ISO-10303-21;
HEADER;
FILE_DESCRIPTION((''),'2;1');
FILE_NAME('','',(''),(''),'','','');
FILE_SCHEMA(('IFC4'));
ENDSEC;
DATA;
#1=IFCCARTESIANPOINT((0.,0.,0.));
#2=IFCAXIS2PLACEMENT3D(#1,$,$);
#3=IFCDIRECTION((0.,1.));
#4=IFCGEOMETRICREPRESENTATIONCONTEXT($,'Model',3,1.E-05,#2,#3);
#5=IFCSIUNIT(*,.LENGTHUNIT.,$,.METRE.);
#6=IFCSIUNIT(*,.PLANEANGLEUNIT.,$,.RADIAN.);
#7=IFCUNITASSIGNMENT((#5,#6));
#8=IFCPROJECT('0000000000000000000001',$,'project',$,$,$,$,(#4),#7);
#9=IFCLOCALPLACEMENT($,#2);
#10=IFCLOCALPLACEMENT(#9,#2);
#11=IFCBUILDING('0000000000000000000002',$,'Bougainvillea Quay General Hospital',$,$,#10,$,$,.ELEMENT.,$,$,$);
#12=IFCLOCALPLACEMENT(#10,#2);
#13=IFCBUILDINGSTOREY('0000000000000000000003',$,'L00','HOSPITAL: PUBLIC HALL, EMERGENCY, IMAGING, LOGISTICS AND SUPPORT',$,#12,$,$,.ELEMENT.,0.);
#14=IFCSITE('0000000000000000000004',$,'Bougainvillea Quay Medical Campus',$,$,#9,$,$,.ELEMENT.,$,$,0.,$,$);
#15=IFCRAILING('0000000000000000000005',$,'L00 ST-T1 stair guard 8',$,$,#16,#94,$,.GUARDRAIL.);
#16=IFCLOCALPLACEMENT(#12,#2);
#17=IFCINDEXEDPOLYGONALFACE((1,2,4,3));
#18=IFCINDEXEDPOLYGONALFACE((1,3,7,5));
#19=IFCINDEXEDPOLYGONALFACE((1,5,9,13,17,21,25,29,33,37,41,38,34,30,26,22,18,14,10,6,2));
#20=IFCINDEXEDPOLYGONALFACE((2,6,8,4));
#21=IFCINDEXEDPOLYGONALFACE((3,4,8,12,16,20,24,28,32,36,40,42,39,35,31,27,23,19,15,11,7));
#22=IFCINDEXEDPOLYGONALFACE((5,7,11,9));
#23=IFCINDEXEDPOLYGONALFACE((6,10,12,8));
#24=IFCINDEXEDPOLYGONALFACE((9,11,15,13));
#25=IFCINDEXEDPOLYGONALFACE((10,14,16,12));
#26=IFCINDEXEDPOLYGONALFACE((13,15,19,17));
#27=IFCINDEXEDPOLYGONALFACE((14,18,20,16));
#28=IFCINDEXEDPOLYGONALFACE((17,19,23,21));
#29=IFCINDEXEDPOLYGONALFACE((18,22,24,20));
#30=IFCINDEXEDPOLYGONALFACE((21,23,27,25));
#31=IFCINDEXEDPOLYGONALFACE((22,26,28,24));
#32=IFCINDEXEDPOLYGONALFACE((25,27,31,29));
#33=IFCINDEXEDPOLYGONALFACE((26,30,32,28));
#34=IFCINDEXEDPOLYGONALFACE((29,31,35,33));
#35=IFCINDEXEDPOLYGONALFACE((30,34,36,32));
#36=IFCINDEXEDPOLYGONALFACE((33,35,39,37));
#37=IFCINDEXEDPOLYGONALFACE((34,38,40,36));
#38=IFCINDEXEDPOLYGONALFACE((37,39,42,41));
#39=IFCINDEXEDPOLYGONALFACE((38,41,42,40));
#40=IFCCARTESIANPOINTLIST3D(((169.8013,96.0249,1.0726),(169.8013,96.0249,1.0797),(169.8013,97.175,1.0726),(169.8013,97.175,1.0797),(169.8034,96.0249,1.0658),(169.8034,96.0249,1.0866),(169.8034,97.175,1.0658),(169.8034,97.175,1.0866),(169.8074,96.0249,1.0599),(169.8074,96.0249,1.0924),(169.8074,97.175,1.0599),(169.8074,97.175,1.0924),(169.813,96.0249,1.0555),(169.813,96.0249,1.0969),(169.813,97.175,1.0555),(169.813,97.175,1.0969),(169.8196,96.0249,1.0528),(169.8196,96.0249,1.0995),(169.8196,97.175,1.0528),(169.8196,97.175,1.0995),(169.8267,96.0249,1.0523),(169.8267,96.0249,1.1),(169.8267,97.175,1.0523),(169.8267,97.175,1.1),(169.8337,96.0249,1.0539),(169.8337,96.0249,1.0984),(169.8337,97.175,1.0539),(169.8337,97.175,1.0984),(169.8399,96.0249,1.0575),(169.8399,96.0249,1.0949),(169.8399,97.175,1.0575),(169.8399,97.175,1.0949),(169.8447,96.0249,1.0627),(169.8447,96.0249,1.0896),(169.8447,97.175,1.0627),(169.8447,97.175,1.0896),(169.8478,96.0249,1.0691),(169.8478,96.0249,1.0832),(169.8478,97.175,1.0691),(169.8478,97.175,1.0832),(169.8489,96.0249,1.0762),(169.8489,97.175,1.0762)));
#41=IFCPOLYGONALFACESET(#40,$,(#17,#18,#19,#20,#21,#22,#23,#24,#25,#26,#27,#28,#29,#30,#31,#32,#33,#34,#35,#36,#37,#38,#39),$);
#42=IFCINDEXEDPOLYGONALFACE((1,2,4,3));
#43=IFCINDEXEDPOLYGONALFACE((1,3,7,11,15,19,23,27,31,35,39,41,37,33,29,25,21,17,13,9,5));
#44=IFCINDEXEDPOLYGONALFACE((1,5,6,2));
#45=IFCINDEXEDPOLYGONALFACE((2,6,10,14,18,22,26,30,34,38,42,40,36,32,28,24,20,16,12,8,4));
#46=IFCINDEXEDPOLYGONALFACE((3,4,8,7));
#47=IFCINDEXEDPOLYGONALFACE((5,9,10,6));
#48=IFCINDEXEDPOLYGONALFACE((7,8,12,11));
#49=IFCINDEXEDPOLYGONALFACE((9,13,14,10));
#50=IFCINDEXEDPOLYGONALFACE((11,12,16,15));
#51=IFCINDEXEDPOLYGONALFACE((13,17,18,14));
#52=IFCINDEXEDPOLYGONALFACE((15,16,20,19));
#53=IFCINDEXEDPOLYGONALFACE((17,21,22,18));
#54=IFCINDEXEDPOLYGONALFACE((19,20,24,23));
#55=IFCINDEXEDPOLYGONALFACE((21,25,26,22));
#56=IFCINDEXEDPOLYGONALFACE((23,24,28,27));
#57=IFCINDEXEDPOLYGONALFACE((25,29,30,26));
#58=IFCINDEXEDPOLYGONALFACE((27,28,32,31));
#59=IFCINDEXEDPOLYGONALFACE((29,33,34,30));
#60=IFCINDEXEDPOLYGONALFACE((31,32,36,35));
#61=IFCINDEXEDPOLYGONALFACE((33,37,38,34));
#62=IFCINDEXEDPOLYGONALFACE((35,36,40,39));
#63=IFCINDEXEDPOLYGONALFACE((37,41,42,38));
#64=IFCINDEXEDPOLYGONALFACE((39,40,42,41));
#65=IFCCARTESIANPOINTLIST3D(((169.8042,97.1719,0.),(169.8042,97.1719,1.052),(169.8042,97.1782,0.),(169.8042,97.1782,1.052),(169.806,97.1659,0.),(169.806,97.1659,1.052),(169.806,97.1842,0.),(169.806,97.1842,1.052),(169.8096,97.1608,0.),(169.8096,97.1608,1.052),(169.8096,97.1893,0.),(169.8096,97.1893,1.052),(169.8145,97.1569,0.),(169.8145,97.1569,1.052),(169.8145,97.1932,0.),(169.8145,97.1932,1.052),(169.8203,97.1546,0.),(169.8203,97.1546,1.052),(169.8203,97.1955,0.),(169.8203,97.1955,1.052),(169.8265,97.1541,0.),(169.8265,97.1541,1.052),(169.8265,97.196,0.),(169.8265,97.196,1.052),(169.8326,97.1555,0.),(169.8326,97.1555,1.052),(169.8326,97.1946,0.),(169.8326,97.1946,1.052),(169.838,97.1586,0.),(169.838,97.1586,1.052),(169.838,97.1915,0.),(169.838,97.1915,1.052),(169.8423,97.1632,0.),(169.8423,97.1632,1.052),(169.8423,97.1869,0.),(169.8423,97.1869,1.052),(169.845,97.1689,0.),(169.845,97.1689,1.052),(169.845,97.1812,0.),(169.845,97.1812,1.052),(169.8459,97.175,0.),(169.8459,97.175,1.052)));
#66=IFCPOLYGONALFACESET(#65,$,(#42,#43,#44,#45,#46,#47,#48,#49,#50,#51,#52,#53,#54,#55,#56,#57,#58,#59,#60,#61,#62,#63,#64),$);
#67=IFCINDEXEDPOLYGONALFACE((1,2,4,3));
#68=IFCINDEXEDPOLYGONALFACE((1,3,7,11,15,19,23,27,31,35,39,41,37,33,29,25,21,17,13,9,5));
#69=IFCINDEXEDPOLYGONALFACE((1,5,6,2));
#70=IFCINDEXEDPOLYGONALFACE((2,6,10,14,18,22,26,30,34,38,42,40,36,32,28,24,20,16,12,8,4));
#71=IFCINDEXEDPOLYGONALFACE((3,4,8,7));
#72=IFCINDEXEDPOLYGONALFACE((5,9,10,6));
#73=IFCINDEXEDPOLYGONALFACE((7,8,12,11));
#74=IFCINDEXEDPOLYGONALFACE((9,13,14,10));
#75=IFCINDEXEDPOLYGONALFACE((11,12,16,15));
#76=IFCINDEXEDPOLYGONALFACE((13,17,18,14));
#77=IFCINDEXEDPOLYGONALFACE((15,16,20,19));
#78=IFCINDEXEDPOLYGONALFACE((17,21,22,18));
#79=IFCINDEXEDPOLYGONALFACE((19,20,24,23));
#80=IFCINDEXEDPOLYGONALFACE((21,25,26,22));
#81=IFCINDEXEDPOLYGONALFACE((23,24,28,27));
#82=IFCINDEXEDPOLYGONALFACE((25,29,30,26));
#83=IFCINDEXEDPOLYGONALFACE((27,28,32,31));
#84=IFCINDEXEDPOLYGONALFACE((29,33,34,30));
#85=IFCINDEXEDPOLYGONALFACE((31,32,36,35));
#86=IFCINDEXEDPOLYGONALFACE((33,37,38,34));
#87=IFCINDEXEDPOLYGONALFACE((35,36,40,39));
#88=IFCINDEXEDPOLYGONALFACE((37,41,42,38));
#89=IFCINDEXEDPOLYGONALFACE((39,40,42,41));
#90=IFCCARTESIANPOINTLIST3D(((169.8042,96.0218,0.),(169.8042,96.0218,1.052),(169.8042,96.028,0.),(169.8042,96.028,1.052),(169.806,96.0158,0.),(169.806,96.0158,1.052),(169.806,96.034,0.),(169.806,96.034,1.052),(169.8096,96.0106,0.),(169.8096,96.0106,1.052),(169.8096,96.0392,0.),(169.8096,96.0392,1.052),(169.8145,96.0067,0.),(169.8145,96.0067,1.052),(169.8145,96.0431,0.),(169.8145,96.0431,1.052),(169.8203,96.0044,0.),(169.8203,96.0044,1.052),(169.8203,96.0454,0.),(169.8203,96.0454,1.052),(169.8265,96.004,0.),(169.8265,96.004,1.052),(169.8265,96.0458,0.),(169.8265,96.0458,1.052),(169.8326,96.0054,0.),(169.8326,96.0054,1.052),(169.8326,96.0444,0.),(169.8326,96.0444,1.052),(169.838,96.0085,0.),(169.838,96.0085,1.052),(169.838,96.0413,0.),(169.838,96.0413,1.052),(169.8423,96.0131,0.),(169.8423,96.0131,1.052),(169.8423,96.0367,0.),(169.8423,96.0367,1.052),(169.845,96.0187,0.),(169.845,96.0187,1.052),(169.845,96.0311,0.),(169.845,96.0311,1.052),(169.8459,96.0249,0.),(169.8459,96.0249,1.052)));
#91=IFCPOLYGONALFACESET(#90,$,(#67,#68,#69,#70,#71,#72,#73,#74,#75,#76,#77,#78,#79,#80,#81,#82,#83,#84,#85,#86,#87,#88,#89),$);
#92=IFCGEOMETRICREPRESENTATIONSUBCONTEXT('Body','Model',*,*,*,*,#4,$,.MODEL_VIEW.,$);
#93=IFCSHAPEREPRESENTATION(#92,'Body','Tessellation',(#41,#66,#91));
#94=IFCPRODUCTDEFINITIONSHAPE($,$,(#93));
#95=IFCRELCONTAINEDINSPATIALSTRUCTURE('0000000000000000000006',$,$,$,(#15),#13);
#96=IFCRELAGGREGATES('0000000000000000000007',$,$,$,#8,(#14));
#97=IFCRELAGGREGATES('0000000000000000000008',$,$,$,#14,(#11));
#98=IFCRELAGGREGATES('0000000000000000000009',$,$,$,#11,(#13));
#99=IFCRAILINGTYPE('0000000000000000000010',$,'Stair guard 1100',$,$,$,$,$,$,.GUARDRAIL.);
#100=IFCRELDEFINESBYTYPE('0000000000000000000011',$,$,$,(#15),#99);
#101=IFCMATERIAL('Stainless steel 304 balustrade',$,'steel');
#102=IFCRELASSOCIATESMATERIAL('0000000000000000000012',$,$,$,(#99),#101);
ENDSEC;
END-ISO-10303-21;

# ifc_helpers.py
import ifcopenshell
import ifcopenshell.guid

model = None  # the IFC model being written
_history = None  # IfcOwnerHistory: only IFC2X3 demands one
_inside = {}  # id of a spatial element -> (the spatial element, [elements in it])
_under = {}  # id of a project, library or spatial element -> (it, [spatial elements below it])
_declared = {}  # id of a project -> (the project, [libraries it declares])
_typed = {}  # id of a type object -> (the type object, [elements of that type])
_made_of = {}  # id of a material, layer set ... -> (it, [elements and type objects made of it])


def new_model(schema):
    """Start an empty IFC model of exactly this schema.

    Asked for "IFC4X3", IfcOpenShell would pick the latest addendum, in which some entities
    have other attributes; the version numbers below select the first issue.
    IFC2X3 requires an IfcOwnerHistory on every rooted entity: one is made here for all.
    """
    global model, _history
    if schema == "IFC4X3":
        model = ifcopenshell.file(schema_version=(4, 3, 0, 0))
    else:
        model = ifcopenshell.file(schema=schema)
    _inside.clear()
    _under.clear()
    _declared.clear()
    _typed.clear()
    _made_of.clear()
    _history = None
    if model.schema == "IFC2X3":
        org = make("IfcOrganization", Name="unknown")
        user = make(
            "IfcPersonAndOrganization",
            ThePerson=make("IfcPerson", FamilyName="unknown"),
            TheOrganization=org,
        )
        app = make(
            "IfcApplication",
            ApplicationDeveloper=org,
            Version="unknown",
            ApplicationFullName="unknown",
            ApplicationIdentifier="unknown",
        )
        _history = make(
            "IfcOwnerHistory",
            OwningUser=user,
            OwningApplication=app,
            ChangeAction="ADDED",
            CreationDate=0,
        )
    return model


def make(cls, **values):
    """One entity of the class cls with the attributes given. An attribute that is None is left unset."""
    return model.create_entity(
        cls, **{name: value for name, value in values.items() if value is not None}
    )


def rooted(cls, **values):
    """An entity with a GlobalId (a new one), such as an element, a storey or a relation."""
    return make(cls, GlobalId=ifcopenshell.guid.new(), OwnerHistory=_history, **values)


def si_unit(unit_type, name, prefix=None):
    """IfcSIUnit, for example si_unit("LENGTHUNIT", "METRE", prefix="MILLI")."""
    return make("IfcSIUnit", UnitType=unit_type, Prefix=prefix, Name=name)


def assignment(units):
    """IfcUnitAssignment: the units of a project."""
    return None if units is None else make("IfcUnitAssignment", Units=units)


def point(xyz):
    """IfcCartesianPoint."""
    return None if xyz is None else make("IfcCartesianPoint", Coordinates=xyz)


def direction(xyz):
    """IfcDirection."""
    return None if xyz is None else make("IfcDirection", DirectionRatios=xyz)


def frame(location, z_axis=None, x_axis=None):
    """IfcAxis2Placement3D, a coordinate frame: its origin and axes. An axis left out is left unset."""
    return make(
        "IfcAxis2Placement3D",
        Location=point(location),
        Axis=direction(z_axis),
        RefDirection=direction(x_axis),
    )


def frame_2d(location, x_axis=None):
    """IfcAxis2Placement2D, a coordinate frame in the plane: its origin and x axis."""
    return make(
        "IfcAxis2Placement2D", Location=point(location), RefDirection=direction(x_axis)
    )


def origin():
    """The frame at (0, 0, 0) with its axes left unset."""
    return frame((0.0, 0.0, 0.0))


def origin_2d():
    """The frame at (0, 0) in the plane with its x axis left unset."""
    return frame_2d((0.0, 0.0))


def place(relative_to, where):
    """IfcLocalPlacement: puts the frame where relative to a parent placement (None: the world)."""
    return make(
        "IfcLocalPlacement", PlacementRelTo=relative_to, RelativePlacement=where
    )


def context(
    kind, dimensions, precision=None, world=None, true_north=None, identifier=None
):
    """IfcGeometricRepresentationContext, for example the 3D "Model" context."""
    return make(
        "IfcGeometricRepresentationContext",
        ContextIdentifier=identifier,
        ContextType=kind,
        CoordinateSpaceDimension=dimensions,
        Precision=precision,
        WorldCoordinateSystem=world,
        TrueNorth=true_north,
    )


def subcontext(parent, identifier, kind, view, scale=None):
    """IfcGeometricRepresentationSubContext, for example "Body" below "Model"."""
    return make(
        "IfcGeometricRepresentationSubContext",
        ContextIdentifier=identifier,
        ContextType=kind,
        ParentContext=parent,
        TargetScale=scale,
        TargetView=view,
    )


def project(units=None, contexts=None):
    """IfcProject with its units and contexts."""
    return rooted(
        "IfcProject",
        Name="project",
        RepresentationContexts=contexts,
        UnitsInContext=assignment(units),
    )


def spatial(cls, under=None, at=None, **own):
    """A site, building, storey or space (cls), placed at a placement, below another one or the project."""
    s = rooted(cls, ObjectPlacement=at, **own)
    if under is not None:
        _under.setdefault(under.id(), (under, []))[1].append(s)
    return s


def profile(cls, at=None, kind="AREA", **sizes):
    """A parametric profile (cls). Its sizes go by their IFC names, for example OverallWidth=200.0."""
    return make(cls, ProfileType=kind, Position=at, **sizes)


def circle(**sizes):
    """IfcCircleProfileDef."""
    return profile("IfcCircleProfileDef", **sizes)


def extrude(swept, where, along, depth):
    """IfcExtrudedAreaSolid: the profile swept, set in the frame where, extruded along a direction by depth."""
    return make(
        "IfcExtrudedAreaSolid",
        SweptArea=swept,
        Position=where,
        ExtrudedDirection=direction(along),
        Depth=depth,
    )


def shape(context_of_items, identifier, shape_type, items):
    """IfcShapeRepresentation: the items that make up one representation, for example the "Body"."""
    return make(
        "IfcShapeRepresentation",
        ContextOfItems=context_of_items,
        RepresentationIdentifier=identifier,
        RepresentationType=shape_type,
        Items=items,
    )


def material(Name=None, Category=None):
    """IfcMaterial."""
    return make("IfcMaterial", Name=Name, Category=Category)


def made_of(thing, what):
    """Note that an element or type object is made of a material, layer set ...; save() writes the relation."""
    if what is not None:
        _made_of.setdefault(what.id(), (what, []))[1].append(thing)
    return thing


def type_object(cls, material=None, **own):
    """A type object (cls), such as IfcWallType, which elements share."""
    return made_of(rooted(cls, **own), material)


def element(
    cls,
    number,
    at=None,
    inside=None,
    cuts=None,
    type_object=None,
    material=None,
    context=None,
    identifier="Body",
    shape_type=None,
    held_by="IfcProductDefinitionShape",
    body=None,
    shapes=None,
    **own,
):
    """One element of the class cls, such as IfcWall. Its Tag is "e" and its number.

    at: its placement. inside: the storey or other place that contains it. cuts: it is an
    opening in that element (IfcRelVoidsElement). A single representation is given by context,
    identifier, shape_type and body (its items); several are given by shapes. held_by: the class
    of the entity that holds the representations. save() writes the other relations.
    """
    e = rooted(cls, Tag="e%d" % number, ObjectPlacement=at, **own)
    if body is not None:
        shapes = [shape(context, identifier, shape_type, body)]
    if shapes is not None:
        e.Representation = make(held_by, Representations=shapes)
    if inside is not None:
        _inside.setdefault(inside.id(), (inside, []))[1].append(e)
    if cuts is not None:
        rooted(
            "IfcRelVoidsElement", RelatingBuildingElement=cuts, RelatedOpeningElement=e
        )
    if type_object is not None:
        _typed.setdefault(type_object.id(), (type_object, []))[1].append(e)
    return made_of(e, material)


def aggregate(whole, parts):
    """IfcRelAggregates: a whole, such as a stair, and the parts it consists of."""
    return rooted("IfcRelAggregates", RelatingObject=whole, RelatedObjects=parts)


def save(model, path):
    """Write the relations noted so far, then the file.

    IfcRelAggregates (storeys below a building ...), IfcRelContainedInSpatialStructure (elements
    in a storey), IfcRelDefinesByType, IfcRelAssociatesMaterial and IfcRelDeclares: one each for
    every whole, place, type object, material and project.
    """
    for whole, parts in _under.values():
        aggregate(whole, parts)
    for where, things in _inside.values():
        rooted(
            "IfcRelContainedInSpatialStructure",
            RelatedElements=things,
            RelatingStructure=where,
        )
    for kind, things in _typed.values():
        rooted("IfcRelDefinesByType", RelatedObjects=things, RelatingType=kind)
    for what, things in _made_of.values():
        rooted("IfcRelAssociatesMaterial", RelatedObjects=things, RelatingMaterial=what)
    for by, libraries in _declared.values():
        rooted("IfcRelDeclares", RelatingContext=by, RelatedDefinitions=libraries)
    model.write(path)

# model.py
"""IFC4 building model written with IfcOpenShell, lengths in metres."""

from ifc_helpers import new_model, si_unit, direction, frame, origin, origin_2d, place, context, subcontext, project, spatial, circle, extrude, material, type_object, element, save


model = new_model("IFC4")

# Units and contexts
model_context = context("Model", 3, precision=1e-05, world=origin(), true_north=direction((0.0, 1.0)))
body_context = subcontext(model_context, "Body", "Model", "MODEL_VIEW")
ifc_project = project(units=[si_unit("LENGTHUNIT", "METRE"), si_unit("PLANEANGLEUNIT", "RADIAN")], contexts=[model_context])

# Site, building, storey
site_placement = place(None, origin())
site = spatial("IfcSite", under=ifc_project, at=site_placement, Name="Bougainvillea Quay Medical Campus", CompositionType="ELEMENT", RefElevation=0.0)
building_placement = place(site_placement, origin())
building = spatial("IfcBuilding", under=site, at=building_placement, Name="Bougainvillea Quay General Hospital", CompositionType="ELEMENT")
storey_placement = place(building_placement, origin())
storey = spatial("IfcBuildingStorey", under=building, at=storey_placement, Name="L00", Description="HOSPITAL: PUBLIC HALL, EMERGENCY, IMAGING, LOGISTICS AND SUPPORT", CompositionType="ELEMENT", Elevation=0.0)

# Railing
ifc_material_1 = material(Name="Stainless steel 304 balustrade", Category="steel")
railing_type_1 = type_object("IfcRailingType", Name="Stair guard 1100", PredefinedType="GUARDRAIL", material=ifc_material_1)
railing_1_placement = place(storey_placement, frame((169.825, 97.175, 0.0)))
element("IfcRailing", 1, at=railing_1_placement, inside=storey, type_object=railing_type_1, Name="L00 ST-T1 stair guard 8", PredefinedType="GUARDRAIL", context=body_context, shape_type="SweptSolid", body=[
    extrude(circle(Radius=0.0239, at=origin_2d()), frame((0.0, 0.0, 1.0762), z_axis=(0.0, -1.0, 0.0), x_axis=(1.0, 0.0, 0.0)), (0.0, 0.0, 1.0), 1.1501),
    extrude(circle(Radius=0.021, at=origin_2d()), origin(), (0.0, 0.0, 1.0), 1.052),
    extrude(circle(Radius=0.021, at=origin_2d()), frame((0.0, -1.1501, 0.0)), (0.0, 0.0, 1.0), 1.052),
])

save(model, "model.ifc")
